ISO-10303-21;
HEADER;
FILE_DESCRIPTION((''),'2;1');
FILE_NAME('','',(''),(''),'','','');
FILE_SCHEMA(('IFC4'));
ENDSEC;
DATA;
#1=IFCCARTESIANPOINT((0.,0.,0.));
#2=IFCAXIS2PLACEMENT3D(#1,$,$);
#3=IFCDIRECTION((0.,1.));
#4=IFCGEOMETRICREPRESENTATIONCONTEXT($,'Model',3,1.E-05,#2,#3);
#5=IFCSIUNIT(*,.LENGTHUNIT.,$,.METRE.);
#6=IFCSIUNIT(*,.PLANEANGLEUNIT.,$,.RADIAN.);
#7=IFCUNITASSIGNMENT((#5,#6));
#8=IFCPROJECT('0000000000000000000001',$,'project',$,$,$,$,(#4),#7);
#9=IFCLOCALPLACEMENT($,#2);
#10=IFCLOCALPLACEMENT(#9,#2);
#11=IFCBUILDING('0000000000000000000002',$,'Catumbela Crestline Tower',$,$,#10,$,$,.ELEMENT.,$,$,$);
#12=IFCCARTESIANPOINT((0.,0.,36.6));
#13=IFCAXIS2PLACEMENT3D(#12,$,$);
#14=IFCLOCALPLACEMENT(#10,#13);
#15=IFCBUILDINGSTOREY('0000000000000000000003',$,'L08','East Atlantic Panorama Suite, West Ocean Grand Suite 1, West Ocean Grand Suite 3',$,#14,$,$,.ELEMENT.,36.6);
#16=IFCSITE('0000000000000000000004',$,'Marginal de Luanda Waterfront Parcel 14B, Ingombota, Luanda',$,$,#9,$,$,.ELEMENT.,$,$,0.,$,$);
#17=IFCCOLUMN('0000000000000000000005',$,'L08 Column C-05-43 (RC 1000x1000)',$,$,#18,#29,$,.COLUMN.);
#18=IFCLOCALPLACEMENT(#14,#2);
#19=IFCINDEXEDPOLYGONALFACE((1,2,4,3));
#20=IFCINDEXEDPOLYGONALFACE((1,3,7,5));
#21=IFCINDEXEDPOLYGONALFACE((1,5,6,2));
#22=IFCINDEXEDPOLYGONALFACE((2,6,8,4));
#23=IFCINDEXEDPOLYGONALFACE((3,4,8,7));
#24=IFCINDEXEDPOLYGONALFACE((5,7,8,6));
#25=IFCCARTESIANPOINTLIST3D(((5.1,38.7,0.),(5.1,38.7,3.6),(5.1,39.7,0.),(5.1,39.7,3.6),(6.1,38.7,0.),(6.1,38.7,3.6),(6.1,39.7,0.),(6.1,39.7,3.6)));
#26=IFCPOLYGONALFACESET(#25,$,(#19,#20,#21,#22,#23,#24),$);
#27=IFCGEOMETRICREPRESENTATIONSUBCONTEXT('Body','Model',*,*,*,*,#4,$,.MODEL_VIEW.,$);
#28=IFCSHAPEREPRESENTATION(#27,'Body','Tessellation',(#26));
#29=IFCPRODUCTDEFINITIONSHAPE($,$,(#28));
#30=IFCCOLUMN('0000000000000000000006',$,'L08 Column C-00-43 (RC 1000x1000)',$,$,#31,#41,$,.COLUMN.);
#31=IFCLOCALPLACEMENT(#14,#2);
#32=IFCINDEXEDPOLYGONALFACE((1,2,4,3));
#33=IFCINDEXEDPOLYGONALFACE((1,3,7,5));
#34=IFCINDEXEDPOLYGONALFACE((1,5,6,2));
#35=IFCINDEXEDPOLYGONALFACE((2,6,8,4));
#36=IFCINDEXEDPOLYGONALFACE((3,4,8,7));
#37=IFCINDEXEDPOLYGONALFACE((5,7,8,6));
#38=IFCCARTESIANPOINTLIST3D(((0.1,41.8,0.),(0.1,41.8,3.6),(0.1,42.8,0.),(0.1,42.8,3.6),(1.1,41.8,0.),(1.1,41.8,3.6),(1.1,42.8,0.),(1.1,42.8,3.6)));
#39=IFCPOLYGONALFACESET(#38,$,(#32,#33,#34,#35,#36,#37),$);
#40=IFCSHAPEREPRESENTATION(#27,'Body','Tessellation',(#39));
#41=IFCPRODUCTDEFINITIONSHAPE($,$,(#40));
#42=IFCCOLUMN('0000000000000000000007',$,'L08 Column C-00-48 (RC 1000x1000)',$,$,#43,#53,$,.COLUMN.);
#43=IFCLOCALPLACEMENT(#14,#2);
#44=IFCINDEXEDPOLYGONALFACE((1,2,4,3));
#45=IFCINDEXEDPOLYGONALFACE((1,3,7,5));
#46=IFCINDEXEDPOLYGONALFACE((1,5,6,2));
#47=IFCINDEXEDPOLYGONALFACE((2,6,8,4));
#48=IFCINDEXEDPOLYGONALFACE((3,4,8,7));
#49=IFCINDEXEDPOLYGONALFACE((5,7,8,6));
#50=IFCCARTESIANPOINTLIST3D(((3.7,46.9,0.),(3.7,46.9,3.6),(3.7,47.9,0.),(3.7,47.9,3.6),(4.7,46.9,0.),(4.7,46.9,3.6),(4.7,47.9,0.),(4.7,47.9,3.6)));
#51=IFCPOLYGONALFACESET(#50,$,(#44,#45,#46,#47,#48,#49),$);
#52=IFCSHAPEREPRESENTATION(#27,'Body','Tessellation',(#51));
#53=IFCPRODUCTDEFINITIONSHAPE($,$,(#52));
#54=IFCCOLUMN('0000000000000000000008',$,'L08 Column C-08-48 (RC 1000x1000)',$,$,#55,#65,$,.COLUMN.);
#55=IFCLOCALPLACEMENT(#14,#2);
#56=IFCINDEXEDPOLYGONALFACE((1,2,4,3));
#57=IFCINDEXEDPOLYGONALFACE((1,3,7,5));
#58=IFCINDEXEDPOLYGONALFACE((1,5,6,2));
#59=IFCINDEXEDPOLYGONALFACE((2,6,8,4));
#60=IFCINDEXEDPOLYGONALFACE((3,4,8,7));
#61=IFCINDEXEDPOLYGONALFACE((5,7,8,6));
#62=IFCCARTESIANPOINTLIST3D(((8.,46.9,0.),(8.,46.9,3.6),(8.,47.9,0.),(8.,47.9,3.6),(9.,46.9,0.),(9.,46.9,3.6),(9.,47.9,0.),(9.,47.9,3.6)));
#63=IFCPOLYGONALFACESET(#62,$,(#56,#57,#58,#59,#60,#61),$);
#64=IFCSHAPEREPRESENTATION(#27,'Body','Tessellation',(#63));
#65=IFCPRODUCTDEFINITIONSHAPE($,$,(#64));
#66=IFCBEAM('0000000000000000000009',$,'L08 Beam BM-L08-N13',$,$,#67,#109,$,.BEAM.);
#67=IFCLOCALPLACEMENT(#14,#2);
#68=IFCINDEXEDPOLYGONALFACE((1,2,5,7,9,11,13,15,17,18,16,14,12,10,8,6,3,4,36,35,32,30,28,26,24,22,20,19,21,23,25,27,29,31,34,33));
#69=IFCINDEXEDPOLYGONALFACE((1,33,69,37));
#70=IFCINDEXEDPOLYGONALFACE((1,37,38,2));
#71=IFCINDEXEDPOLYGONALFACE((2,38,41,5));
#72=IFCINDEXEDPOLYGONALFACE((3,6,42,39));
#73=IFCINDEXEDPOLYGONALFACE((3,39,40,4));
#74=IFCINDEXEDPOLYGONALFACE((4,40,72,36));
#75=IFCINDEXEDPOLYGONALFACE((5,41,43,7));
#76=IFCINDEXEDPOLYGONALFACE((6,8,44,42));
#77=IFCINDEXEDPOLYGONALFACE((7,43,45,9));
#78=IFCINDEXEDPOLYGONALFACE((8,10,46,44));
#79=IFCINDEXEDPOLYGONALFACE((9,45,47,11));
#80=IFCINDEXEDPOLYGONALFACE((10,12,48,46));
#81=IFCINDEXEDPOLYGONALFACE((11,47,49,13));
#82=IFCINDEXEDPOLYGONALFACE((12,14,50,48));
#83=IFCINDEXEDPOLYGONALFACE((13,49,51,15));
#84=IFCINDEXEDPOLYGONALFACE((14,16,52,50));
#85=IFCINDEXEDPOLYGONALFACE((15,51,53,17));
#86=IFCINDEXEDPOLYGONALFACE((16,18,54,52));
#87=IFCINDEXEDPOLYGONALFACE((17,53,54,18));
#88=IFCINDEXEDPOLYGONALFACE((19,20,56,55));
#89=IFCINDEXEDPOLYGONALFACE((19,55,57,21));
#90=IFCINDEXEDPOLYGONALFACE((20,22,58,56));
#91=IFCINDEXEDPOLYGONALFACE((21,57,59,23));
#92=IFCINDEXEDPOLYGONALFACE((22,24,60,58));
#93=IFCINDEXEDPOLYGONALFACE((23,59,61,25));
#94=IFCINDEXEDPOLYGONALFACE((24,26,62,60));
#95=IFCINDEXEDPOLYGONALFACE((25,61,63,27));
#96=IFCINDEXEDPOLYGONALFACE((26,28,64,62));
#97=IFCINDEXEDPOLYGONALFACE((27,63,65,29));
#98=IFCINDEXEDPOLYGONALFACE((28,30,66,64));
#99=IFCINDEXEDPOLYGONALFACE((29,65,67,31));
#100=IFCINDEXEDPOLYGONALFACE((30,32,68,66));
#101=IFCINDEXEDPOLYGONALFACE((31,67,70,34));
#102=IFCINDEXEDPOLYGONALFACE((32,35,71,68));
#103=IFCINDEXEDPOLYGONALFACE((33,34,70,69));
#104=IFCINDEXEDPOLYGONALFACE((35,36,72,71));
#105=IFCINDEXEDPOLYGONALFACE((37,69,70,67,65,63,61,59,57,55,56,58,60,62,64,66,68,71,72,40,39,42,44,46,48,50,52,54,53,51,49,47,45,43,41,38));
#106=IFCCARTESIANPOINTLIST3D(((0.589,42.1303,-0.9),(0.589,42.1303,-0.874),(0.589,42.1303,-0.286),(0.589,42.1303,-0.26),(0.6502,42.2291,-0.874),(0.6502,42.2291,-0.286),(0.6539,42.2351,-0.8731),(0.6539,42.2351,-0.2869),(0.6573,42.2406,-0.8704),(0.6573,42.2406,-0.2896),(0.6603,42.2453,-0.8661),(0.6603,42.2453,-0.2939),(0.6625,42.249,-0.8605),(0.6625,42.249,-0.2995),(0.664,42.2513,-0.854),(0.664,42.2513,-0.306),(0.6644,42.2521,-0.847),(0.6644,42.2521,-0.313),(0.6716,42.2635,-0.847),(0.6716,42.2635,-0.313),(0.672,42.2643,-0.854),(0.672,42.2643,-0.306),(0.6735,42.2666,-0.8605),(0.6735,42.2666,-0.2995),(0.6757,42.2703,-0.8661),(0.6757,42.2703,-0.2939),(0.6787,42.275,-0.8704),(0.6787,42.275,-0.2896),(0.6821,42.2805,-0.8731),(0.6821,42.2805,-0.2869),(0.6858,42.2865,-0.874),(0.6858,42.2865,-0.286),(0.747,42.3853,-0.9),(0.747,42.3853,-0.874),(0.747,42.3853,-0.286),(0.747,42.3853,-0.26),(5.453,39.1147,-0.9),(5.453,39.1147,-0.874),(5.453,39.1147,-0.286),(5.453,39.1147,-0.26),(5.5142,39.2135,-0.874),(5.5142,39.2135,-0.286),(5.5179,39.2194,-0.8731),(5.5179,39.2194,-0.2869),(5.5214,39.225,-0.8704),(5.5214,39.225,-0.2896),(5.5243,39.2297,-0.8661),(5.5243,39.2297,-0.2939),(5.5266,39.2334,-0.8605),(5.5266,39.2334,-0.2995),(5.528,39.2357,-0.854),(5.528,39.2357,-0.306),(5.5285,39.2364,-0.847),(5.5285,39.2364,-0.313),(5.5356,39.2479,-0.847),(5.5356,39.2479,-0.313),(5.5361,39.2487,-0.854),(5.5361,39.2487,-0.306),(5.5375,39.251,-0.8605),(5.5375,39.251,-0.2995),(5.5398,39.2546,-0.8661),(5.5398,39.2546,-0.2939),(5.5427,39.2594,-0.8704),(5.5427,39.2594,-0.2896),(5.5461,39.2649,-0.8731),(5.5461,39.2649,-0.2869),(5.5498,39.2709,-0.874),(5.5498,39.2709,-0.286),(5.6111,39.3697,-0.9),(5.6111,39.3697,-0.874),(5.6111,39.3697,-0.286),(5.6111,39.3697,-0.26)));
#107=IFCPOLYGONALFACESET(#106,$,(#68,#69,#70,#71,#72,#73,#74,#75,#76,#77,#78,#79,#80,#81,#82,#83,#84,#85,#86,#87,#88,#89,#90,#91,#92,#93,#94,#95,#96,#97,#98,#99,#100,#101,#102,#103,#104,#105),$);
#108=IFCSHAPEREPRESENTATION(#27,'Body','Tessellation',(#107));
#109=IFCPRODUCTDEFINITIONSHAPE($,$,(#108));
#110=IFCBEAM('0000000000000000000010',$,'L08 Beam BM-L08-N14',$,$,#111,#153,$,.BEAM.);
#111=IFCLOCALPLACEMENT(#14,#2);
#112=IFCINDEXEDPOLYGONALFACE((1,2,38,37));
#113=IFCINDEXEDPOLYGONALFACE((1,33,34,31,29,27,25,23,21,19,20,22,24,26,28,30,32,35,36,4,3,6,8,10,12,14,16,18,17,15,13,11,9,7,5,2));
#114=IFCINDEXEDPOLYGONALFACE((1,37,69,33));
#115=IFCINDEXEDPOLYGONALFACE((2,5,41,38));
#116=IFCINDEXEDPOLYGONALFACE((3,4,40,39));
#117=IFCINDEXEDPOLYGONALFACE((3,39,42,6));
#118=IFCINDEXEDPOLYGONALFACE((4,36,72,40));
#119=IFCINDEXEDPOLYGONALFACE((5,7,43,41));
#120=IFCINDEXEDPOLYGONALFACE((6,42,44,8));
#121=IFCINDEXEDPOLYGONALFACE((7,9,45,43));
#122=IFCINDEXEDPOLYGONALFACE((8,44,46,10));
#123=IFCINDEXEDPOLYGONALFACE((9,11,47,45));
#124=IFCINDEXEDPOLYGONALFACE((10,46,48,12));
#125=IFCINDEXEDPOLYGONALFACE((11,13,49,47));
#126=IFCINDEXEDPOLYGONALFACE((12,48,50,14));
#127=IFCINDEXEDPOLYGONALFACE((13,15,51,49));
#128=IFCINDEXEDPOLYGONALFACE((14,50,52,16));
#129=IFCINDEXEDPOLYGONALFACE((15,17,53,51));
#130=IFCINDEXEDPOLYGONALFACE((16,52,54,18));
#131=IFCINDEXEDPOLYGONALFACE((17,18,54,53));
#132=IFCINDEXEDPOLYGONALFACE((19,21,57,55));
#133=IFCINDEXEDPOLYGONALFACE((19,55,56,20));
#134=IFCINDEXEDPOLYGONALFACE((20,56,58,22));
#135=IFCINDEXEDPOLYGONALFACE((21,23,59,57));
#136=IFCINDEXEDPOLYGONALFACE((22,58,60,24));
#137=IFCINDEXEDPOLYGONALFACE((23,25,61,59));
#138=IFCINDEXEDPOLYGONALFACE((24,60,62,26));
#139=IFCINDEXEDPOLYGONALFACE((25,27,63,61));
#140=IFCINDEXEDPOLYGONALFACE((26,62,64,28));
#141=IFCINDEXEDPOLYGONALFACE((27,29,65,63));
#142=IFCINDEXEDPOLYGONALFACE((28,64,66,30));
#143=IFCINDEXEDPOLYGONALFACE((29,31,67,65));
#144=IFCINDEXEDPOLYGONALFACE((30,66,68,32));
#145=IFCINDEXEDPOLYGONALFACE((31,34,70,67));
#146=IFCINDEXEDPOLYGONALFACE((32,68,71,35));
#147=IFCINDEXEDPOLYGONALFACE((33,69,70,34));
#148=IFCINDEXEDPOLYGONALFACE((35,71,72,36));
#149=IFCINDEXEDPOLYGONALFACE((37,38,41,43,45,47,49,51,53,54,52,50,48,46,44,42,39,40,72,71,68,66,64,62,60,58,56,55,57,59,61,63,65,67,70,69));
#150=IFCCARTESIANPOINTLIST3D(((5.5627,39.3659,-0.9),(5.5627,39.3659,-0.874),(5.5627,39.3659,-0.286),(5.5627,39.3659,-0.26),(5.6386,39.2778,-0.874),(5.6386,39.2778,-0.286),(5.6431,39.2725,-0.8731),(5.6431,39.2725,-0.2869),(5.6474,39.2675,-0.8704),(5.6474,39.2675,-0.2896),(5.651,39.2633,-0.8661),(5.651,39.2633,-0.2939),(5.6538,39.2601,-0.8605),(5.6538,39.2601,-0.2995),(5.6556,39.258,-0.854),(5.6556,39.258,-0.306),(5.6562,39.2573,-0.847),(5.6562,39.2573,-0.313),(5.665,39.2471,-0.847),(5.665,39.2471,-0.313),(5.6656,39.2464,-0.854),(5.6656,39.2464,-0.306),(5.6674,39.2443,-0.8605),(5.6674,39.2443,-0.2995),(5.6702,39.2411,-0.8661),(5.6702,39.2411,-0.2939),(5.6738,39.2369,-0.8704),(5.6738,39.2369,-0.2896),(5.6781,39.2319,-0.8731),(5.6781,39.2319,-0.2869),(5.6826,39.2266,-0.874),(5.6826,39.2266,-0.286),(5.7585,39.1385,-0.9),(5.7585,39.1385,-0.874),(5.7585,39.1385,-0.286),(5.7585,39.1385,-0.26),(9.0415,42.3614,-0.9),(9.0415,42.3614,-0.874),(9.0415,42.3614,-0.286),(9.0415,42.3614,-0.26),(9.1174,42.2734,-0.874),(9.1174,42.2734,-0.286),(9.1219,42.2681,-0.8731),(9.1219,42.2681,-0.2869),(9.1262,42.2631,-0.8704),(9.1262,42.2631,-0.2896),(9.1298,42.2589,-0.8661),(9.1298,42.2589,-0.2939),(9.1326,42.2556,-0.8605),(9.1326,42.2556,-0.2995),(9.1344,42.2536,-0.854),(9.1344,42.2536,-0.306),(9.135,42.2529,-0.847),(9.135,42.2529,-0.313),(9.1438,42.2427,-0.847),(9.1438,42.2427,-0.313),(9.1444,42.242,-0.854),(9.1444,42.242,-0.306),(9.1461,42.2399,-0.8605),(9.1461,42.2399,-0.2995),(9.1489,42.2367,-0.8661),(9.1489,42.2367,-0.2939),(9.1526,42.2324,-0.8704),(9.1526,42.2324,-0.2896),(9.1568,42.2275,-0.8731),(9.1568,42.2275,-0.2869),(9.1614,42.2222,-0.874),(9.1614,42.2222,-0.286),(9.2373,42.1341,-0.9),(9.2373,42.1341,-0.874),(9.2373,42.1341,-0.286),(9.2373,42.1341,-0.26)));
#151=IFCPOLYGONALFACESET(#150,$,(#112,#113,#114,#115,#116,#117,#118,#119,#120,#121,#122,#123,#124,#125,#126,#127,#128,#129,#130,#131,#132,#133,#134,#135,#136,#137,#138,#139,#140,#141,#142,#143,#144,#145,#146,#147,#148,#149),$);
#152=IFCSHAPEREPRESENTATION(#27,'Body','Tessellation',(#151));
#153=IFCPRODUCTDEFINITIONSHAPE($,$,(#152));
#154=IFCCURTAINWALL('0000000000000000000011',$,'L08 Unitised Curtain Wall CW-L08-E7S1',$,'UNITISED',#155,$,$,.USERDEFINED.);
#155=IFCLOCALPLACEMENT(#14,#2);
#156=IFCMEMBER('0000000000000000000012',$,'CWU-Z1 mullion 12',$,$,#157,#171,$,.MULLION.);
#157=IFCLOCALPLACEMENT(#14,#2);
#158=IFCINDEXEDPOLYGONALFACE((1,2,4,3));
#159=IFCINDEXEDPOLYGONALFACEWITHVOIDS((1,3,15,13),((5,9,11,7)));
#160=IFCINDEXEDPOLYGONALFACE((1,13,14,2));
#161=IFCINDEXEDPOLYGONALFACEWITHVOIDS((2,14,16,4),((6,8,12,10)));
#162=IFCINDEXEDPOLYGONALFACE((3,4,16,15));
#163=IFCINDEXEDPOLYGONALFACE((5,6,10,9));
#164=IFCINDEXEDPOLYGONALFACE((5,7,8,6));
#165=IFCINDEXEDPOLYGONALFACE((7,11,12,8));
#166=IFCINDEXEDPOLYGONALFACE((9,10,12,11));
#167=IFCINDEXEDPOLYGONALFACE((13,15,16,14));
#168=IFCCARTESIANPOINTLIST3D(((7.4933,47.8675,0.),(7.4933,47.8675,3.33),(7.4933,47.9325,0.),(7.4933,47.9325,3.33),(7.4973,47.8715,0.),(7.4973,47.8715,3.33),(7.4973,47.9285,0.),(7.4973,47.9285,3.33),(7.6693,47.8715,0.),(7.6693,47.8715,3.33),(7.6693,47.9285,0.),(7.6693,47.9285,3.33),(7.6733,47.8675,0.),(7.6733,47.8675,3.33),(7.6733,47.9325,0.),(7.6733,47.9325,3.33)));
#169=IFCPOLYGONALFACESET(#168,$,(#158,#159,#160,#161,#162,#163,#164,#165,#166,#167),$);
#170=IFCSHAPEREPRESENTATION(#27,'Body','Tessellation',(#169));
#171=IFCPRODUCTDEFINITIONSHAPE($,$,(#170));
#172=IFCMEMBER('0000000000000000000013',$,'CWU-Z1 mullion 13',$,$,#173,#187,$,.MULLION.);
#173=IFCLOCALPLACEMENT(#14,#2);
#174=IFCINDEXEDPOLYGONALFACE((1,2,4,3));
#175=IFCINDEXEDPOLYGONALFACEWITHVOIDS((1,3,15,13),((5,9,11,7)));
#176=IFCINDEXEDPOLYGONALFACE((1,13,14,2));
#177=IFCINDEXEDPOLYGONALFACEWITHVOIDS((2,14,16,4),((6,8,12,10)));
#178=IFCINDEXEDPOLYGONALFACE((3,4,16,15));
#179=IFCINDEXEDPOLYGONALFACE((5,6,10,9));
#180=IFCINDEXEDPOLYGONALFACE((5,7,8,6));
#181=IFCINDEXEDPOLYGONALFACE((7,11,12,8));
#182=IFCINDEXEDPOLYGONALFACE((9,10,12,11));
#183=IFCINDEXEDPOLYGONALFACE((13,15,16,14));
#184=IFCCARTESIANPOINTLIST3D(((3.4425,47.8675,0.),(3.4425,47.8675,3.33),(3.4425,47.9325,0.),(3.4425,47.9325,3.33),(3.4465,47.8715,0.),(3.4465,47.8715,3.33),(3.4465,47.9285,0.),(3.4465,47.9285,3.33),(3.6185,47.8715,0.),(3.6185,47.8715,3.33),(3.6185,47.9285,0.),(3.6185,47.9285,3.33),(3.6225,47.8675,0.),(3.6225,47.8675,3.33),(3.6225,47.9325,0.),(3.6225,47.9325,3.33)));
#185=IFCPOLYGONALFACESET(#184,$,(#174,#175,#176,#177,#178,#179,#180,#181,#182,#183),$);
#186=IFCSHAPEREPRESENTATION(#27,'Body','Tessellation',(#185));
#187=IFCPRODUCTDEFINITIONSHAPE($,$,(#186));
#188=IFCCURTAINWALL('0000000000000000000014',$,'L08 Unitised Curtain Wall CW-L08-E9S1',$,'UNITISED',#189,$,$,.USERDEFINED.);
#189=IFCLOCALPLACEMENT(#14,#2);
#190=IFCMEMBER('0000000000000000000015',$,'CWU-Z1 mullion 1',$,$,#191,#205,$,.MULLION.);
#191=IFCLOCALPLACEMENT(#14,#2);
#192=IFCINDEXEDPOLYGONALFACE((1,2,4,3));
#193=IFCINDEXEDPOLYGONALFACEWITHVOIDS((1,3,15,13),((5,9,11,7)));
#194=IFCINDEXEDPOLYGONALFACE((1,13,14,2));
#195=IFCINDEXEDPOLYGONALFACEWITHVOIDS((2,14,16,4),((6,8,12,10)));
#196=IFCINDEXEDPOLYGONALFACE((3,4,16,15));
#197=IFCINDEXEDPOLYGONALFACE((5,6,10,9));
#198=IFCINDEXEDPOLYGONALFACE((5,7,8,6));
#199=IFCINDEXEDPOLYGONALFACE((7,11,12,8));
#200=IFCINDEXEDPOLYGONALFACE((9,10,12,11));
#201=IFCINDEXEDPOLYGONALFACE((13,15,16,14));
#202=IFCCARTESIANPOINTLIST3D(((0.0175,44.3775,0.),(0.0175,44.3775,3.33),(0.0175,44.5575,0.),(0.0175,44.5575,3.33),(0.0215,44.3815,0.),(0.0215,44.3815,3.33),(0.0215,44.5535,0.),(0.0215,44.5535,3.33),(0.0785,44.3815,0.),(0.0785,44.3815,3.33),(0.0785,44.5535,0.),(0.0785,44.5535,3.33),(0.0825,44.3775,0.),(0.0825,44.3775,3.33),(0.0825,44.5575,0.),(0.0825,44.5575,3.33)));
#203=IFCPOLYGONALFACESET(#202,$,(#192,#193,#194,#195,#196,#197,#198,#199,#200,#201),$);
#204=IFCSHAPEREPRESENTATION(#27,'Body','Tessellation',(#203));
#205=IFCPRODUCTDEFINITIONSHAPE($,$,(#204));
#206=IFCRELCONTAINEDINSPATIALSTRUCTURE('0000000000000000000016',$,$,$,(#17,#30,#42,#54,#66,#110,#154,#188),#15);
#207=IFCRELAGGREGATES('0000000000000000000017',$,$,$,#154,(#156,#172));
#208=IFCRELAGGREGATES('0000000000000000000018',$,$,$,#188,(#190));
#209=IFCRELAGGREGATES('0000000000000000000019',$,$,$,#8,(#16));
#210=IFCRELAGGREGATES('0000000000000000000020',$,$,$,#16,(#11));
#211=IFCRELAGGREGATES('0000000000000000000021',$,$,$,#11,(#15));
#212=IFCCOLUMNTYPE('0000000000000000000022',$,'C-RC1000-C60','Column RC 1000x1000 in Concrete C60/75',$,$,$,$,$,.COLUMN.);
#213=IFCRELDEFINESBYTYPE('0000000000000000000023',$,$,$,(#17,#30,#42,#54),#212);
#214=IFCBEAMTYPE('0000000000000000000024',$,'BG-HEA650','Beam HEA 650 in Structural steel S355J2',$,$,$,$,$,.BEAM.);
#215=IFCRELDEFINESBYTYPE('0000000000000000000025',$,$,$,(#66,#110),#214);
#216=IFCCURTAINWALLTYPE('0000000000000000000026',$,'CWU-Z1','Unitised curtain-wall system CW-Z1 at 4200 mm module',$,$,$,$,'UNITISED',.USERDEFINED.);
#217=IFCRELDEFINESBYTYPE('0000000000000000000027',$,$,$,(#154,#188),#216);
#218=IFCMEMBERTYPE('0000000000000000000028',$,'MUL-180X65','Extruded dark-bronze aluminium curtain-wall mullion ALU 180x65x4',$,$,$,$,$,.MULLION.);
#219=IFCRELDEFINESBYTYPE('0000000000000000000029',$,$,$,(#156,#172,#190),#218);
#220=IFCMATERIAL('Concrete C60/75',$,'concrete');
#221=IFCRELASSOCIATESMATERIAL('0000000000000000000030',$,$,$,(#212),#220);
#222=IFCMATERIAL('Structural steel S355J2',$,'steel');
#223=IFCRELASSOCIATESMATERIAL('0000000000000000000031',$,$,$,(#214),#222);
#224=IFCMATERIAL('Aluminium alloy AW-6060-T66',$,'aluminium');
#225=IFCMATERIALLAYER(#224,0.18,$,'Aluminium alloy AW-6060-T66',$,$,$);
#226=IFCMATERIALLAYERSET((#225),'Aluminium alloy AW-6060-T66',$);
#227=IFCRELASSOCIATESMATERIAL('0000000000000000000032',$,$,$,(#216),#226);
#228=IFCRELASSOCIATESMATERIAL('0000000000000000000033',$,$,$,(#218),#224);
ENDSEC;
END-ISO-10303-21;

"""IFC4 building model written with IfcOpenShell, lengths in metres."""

from ifc_helpers import new_model, si_unit, direction, frame, origin, origin_2d, place, context, subcontext, project, spatial, rectangle, hollow_rectangle, i_section, extrude, material, layer, layer_set, material_profile, profile_set, type_object, element, aggregate, save


model = new_model("IFC4")

# Units and contexts
model_context = context("Model", 3, precision=1e-05, world=origin(), true_north=direction((0.0, 1.0)))
body_context = subcontext(model_context, "Body", "Model", "MODEL_VIEW")
ifc_project = project(units=[si_unit("LENGTHUNIT", "METRE"), si_unit("PLANEANGLEUNIT", "RADIAN")], contexts=[model_context])

# Site, building, storey
site_placement = place(None, origin())
site = spatial("IfcSite", under=ifc_project, at=site_placement, Name="Marginal de Luanda Waterfront Parcel 14B, Ingombota, Luanda", CompositionType="ELEMENT", RefElevation=0.0)
building_placement = place(site_placement, origin())
building = spatial("IfcBuilding", under=site, at=building_placement, Name="Catumbela Crestline Tower", CompositionType="ELEMENT")
storey_placement = place(building_placement, frame((0.0, 0.0, 36.6)))
storey = spatial("IfcBuildingStorey", under=building, at=storey_placement, Name="L08", Description="East Atlantic Panorama Suite, West Ocean Grand Suite 1, West Ocean Grand Suite 3", CompositionType="ELEMENT", Elevation=36.6)

# Columns
ifc_material_1 = material(Name="Concrete C60/75", Category="concrete")
ifc_material_profile_1 = material_profile(ifc_material_1, rectangle(XDim=1.0, YDim=1.0, at=origin_2d()), Name="RC 1000x1000")
ifc_profile_set_1 = profile_set([ifc_material_profile_1], Name="Concrete C60/75")
column_type = type_object("IfcColumnType", Name="C-RC1000-C60", Description="Column RC 1000x1000 in Concrete C60/75", PredefinedType="COLUMN", material=ifc_profile_set_1)
for number, where, z_axis, x_axis, name in (
    (1, (5.6, 39.2, 0.0), (0.0, 0.0, 1.0), (1.0, 0.0, 0.0), "L08 Column C-05-43 (RC 1000x1000)"),
    (2, (0.6, 42.3, 0.0), (0.0, 0.0, 1.0), (1.0, 0.0, 0.0), "L08 Column C-00-43 (RC 1000x1000)"),
    (3, (4.2, 47.4, 0.0), (0.0, 0.0, 1.0), (1.0, 0.0, 0.0), "L08 Column C-00-48 (RC 1000x1000)"),
    (4, (8.5, 47.4, 0.0), (0.0, 0.0, 1.0), (1.0, 0.0, 0.0), "L08 Column C-08-48 (RC 1000x1000)"),
):
    element("IfcColumn", number, at=place(storey_placement, frame(where, z_axis=z_axis, x_axis=x_axis)), inside=storey, type_object=column_type, Name=name, PredefinedType="COLUMN", context=body_context, shape_type="SweptSolid", body=[
        extrude(rectangle(XDim=1.0, YDim=1.0, at=origin_2d()), origin(), (0.0, 0.0, 1.0), 3.6),
    ])

# Beams
ifc_material_2 = material(Name="Structural steel S355J2", Category="steel")
ifc_material_profile_2 = material_profile(ifc_material_2, i_section(OverallWidth=0.3, OverallDepth=0.64, WebThickness=0.0135, FlangeThickness=0.026, FilletRadius=0.027, at=origin_2d()), Name="HEA 650")
ifc_profile_set_2 = profile_set([ifc_material_profile_2], Name="Structural steel S355J2")
beam_type_1 = type_object("IfcBeamType", Name="BG-HEA650", Description="Beam HEA 650 in Structural steel S355J2", PredefinedType="BEAM", material=ifc_profile_set_2)
beam_1_placement = place(storey_placement, frame((0.668, 42.2578, -0.58), z_axis=(0.849909, -0.52693, 0.0), x_axis=(0.52693, 0.849909, 0.0)))
element("IfcBeam", 5, at=beam_1_placement, inside=storey, type_object=beam_type_1, Name="L08 Beam BM-L08-N13", PredefinedType="BEAM", context=body_context, shape_type="SweptSolid", body=[
    extrude(i_section(OverallWidth=0.3, OverallDepth=0.64, WebThickness=0.0135, FlangeThickness=0.026, FilletRadius=0.027, at=origin_2d()), origin(), (0.0, 0.0, 1.0), 5.723),
])
beam_2_placement = place(storey_placement, frame((5.6606, 39.2522, -0.58), z_axis=(0.757772, 0.652519, 0.0), x_axis=(-0.652519, 0.757772, 0.0)))
element("IfcBeam", 6, at=beam_2_placement, inside=storey, type_object=beam_type_1, Name="L08 Beam BM-L08-N14", PredefinedType="BEAM", context=body_context, shape_type="SweptSolid", body=[
    extrude(i_section(OverallWidth=0.3, OverallDepth=0.64, WebThickness=0.0135, FlangeThickness=0.026, FilletRadius=0.027, at=origin_2d()), origin(), (0.0, 0.0, 1.0), 4.5908),
])

# Curtain walls, members
ifc_material_3 = material(Name="Aluminium alloy AW-6060-T66", Category="aluminium")
ifc_layer_1 = layer(ifc_material_3, 0.18, Name="Aluminium alloy AW-6060-T66")
ifc_layer_set_1 = layer_set([ifc_layer_1], Name="Aluminium alloy AW-6060-T66")
curtain_wall_type = type_object("IfcCurtainWallType", Name="CWU-Z1", Description="Unitised curtain-wall system CW-Z1 at 4200 mm module", ElementType="UNITISED", PredefinedType="USERDEFINED", material=ifc_layer_set_1)
curtain_wall_1_placement = place(storey_placement, origin())
curtain_wall_1 = element("IfcCurtainWall", 7, at=curtain_wall_1_placement, inside=storey, type_object=curtain_wall_type, Name="L08 Unitised Curtain Wall CW-L08-E7S1", ObjectType="UNITISED", PredefinedType="USERDEFINED")
ifc_material_profile_3 = material_profile(ifc_material_3, hollow_rectangle(XDim=0.065, YDim=0.18, WallThickness=0.004, at=origin_2d()), Name="ALU 180x65x4")
ifc_profile_set_3 = profile_set([ifc_material_profile_3], Name="Aluminium alloy AW-6060-T66")
member_type_1 = type_object("IfcMemberType", Name="MUL-180X65", Description="Extruded dark-bronze aluminium curtain-wall mullion ALU 180x65x4", PredefinedType="MULLION", material=ifc_profile_set_3)
member_1_placement = place(storey_placement, frame((7.5833, 47.9, 0.0), z_axis=(0.0, 0.0, 1.0), x_axis=(0.0, -1.0, 0.0)))
member_1 = element("IfcMember", 8, at=member_1_placement, type_object=member_type_1, Name="CWU-Z1 mullion 12", PredefinedType="MULLION", context=body_context, shape_type="SweptSolid", body=[
    extrude(hollow_rectangle(XDim=0.065, YDim=0.18, WallThickness=0.004, at=origin_2d()), origin(), (0.0, 0.0, 1.0), 3.33),
])
member_2_placement = place(storey_placement, frame((3.5325, 47.9, 0.0), z_axis=(0.0, 0.0, 1.0), x_axis=(0.0, -1.0, 0.0)))
member_2 = element("IfcMember", 9, at=member_2_placement, type_object=member_type_1, Name="CWU-Z1 mullion 13", PredefinedType="MULLION", context=body_context, shape_type="SweptSolid", body=[
    extrude(hollow_rectangle(XDim=0.065, YDim=0.18, WallThickness=0.004, at=origin_2d()), origin(), (0.0, 0.0, 1.0), 3.33),
])
curtain_wall_2_placement = place(storey_placement, origin())
curtain_wall_2 = element("IfcCurtainWall", 10, at=curtain_wall_2_placement, inside=storey, type_object=curtain_wall_type, Name="L08 Unitised Curtain Wall CW-L08-E9S1", ObjectType="UNITISED", PredefinedType="USERDEFINED")
member_3_placement = place(storey_placement, frame((0.05, 44.4675, 0.0), z_axis=(0.0, 0.0, 1.0), x_axis=(1.0, 0.0, 0.0)))
member_3 = element("IfcMember", 11, at=member_3_placement, type_object=member_type_1, Name="CWU-Z1 mullion 1", PredefinedType="MULLION", context=body_context, shape_type="SweptSolid", body=[
    extrude(hollow_rectangle(XDim=0.065, YDim=0.18, WallThickness=0.004, at=origin_2d()), origin(), (0.0, 0.0, 1.0), 3.33),
])

aggregate(curtain_wall_1, [member_1, member_2])
aggregate(curtain_wall_2, [member_3])

save(model, "model.ifc")
